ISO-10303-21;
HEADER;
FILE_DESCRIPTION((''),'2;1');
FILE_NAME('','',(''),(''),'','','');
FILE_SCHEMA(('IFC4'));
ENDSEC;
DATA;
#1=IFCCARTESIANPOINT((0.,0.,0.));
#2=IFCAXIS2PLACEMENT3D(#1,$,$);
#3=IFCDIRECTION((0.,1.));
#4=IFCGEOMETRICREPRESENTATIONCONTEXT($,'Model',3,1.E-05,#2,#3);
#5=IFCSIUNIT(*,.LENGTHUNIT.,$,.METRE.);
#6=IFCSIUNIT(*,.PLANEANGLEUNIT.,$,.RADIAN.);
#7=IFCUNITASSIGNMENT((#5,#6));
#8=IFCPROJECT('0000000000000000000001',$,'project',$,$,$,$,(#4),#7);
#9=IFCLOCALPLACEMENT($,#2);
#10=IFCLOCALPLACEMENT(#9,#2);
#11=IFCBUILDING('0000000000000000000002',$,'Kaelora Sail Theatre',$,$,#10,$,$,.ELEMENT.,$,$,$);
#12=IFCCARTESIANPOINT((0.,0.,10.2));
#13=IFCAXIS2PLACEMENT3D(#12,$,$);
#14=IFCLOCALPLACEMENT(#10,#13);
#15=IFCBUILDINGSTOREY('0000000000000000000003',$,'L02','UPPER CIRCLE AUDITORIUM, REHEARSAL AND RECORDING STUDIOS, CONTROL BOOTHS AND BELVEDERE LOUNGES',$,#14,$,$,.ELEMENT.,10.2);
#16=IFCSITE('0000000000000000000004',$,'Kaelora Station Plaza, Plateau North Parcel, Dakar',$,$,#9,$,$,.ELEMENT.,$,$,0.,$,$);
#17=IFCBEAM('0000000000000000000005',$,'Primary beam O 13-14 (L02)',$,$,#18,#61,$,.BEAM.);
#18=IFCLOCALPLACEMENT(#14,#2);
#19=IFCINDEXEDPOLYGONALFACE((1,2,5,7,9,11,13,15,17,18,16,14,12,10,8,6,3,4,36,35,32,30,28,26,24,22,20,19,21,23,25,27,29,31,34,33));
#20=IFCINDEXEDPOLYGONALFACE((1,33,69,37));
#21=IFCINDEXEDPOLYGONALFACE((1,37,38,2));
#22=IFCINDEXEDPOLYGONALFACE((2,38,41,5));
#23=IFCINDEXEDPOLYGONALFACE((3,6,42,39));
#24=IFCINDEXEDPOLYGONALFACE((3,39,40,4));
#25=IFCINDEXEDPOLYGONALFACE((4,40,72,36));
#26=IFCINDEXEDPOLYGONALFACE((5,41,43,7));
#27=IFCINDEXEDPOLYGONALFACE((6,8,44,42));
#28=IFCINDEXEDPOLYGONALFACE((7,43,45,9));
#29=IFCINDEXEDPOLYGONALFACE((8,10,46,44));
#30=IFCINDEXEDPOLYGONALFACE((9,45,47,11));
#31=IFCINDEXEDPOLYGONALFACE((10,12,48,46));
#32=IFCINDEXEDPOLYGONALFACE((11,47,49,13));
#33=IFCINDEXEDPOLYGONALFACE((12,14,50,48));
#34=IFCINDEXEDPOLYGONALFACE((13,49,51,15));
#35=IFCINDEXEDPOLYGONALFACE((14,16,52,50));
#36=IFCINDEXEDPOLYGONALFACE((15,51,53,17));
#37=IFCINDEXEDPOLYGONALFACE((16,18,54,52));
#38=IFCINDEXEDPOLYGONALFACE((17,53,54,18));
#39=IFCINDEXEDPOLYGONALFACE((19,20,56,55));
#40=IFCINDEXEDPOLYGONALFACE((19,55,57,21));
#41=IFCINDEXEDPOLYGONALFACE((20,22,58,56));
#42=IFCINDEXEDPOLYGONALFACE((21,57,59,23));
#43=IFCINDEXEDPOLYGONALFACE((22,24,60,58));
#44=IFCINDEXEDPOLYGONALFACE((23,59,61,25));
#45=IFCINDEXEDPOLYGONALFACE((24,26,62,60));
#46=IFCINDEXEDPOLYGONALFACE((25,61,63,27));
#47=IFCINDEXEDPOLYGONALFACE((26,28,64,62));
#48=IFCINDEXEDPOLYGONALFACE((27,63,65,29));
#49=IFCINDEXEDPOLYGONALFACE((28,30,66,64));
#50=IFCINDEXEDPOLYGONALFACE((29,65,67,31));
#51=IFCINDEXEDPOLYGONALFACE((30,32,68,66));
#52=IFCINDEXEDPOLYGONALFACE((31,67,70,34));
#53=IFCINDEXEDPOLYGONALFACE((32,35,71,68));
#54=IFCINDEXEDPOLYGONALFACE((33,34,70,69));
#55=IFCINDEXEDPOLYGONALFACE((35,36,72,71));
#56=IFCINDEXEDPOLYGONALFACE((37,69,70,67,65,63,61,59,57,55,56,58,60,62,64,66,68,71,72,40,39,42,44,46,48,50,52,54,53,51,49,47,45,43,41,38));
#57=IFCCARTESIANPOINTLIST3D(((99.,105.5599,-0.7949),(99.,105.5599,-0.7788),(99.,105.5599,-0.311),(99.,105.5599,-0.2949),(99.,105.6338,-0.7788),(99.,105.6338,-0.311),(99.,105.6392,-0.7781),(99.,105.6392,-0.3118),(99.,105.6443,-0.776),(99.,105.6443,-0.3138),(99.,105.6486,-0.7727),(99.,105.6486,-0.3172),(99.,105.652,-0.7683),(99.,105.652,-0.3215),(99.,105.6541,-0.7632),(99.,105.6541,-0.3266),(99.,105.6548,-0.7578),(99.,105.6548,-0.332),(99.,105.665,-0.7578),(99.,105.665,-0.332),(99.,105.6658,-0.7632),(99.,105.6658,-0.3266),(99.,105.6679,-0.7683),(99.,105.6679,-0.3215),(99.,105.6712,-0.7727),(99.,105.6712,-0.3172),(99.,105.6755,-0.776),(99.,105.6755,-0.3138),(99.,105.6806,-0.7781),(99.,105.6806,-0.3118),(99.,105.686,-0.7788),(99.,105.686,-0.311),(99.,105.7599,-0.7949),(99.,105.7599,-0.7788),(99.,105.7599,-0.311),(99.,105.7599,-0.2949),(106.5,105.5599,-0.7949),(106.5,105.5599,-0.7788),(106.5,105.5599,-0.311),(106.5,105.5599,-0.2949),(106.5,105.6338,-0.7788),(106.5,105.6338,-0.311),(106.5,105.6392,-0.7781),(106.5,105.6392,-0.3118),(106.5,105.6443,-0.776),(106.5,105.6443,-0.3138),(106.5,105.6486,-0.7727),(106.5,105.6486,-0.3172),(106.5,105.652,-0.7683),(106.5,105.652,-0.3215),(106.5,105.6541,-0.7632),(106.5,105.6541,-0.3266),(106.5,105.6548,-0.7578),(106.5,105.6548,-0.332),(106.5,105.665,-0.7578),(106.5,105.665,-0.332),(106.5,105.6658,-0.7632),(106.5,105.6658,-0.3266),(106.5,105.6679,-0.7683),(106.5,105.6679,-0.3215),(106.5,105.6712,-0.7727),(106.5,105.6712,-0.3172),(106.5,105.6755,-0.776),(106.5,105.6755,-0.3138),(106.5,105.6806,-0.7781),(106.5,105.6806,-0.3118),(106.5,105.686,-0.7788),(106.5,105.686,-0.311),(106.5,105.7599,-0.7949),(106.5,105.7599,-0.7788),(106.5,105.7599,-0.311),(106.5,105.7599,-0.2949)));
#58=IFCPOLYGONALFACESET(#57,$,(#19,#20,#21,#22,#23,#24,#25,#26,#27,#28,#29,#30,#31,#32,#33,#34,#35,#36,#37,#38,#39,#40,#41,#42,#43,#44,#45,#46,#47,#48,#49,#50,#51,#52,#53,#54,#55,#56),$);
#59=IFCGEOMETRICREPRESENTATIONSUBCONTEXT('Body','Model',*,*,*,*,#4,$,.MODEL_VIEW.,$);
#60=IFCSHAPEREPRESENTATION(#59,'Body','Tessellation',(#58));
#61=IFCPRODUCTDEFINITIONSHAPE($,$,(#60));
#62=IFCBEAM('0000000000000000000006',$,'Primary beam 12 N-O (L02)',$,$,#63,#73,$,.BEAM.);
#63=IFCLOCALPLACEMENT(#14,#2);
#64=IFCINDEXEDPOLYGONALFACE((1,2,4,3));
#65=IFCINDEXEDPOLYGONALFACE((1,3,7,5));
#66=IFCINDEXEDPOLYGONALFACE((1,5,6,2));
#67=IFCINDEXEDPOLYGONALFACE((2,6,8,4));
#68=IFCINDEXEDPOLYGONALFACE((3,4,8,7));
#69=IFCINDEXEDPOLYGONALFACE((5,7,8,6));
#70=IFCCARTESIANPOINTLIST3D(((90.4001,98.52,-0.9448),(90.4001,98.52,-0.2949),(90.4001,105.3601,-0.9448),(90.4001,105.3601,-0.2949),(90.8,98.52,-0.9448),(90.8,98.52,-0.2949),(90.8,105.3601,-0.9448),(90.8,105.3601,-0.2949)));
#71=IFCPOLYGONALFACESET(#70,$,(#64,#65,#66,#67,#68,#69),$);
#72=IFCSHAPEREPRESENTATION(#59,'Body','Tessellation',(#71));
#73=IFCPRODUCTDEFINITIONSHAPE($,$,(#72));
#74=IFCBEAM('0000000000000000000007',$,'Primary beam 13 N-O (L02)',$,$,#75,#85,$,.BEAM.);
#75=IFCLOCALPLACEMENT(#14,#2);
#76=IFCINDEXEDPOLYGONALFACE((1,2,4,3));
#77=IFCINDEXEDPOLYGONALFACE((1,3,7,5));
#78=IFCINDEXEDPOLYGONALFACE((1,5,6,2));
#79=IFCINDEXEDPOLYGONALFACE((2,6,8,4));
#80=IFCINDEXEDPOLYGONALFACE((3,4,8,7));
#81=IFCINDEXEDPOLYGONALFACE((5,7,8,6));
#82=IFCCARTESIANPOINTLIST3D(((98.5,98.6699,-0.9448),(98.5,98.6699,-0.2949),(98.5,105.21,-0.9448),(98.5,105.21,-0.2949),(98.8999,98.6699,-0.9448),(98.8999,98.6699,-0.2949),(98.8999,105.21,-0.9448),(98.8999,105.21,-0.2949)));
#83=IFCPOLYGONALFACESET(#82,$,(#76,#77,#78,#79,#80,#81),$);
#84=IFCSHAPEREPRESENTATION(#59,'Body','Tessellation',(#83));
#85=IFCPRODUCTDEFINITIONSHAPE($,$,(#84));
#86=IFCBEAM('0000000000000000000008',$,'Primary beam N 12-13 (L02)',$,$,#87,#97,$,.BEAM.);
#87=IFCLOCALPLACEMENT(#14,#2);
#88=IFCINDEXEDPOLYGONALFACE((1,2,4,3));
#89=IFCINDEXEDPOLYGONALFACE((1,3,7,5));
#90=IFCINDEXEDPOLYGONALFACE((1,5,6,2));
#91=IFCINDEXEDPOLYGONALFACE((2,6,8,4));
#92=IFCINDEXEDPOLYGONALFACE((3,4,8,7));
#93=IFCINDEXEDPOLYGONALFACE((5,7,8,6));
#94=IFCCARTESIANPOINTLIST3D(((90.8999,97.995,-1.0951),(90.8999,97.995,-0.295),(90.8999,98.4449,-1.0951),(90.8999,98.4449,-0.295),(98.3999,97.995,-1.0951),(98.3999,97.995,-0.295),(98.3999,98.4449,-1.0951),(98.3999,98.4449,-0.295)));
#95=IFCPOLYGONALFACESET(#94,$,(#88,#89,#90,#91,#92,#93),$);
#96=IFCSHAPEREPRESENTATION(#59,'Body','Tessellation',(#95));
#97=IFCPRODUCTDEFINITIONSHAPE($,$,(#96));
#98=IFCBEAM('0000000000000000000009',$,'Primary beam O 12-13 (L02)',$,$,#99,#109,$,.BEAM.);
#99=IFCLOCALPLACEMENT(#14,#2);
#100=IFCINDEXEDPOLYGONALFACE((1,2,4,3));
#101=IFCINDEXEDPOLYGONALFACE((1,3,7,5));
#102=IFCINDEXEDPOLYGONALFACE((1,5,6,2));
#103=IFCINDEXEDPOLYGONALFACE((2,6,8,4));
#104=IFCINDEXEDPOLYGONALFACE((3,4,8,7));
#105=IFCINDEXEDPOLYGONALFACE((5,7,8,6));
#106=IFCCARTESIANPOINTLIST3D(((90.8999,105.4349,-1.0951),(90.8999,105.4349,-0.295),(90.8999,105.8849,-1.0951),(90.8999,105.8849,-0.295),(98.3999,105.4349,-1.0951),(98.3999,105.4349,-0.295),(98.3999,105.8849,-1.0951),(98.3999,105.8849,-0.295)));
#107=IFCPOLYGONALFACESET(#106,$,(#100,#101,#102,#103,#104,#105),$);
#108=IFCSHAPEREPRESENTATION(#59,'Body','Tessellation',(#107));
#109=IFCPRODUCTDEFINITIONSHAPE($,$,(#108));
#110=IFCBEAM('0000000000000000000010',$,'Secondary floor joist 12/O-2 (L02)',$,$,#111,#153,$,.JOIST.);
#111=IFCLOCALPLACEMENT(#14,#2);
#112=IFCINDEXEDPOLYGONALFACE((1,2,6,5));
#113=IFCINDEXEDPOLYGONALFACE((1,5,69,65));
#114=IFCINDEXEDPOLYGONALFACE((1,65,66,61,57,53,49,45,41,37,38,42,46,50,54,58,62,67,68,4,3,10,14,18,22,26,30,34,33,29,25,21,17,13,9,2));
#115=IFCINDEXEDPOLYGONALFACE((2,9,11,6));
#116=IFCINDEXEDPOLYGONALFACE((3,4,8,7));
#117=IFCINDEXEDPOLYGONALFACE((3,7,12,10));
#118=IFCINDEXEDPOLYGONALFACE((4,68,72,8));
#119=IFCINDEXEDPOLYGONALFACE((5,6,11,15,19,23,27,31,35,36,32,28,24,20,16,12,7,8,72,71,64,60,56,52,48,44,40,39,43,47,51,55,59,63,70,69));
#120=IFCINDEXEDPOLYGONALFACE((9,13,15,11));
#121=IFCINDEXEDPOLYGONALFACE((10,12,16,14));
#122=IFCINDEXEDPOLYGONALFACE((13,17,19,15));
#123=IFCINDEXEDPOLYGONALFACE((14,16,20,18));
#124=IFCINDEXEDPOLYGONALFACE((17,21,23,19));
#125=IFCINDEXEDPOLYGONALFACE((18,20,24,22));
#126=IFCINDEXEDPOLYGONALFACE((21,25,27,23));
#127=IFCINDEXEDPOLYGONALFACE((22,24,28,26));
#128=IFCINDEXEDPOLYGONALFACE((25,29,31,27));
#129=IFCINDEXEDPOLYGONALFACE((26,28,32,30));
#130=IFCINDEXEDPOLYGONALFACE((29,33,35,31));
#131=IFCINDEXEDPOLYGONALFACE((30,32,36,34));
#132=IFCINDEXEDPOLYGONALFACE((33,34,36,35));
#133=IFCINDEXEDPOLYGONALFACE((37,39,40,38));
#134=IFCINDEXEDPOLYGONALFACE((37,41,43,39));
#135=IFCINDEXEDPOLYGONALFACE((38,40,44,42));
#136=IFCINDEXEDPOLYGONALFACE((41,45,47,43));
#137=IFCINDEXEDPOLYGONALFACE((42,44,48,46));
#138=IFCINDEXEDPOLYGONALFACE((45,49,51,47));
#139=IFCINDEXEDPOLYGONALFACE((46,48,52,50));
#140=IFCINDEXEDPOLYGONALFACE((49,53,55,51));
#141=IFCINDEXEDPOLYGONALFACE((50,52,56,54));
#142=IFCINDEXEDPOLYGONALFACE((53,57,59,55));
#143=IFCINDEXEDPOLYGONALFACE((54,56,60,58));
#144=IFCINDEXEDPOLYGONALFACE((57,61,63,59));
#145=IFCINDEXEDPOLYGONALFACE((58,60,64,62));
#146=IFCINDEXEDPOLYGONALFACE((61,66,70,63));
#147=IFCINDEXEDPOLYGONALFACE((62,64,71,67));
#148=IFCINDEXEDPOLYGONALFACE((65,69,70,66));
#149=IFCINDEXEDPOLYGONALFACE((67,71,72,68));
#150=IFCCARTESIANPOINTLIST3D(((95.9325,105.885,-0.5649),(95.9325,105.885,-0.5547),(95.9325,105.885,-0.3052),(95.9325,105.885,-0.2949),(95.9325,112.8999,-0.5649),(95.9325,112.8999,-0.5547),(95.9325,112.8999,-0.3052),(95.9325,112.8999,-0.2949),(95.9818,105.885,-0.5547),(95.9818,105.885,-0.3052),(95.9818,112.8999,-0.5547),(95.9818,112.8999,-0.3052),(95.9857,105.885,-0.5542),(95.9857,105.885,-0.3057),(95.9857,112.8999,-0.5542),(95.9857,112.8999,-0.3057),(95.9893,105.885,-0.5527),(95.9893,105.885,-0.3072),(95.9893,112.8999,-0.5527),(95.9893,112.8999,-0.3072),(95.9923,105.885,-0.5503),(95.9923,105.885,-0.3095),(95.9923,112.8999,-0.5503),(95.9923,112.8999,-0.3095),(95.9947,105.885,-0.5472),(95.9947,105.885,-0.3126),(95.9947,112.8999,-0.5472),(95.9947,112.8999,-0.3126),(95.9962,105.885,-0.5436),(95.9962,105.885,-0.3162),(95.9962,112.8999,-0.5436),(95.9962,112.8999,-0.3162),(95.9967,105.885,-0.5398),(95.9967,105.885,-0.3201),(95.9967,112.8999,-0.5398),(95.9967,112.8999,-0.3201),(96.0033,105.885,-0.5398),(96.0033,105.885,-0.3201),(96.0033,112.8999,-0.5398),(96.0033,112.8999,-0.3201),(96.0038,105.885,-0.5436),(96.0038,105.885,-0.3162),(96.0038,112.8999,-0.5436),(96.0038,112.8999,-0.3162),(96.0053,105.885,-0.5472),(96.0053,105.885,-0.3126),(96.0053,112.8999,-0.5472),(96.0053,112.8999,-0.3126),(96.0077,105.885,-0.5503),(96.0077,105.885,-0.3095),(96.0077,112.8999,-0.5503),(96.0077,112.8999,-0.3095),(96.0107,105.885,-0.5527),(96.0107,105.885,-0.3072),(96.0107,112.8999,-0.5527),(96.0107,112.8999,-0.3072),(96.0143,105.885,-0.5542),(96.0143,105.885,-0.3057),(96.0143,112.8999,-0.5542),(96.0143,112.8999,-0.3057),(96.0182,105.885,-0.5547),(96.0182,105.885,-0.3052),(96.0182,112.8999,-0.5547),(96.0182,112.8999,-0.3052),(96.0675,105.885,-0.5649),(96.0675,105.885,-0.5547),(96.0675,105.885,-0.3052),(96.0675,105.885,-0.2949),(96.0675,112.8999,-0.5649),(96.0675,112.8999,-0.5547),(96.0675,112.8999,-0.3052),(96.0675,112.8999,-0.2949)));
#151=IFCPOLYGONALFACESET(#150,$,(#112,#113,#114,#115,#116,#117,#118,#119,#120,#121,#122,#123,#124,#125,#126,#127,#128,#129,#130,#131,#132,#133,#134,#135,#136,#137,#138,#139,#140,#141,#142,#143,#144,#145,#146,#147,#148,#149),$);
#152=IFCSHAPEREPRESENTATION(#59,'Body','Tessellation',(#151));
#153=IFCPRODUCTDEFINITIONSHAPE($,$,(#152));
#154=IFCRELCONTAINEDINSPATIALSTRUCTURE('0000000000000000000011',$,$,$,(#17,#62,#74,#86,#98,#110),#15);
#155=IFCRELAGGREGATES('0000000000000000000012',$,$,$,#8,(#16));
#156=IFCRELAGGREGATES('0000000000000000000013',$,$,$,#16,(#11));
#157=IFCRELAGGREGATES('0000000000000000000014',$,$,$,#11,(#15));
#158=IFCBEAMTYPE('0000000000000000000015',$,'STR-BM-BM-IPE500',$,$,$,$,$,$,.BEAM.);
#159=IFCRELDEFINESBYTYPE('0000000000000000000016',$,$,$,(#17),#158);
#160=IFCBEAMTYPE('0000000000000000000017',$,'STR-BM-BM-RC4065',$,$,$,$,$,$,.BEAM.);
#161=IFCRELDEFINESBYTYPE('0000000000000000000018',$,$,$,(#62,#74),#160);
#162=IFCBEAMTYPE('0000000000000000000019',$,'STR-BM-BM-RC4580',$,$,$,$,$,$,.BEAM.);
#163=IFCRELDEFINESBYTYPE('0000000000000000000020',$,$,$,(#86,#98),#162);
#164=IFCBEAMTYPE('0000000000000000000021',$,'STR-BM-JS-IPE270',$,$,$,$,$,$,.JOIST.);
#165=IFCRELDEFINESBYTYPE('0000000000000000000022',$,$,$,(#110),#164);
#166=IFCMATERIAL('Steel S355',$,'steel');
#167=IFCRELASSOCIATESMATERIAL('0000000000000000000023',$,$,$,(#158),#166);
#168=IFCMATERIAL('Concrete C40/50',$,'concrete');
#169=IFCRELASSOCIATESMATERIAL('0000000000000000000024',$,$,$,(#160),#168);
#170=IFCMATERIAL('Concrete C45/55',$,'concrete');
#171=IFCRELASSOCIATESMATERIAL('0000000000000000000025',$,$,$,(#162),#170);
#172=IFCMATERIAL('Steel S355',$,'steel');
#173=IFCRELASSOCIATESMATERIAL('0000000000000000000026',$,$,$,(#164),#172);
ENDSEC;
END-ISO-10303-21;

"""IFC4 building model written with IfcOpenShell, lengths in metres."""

from ifc_helpers import new_model, si_unit, direction, frame, origin, origin_2d, place, context, subcontext, project, spatial, rectangle, i_section, extrude, material, material_profile, profile_set, type_object, element, save


model = new_model("IFC4")

# Units and contexts
model_context = context("Model", 3, precision=1e-05, world=origin(), true_north=direction((0.0, 1.0)))
body_context = subcontext(model_context, "Body", "Model", "MODEL_VIEW")
ifc_project = project(units=[si_unit("LENGTHUNIT", "METRE"), si_unit("PLANEANGLEUNIT", "RADIAN")], contexts=[model_context])

# Site, building, storey
site_placement = place(None, origin())
site = spatial("IfcSite", under=ifc_project, at=site_placement, Name="Kaelora Station Plaza, Plateau North Parcel, Dakar", CompositionType="ELEMENT", RefElevation=0.0)
building_placement = place(site_placement, origin())
building = spatial("IfcBuilding", under=site, at=building_placement, Name="Kaelora Sail Theatre", CompositionType="ELEMENT")
storey_placement = place(building_placement, frame((0.0, 0.0, 10.2)))
storey = spatial("IfcBuildingStorey", under=building, at=storey_placement, Name="L02", Description="UPPER CIRCLE AUDITORIUM, REHEARSAL AND RECORDING STUDIOS, CONTROL BOOTHS AND BELVEDERE LOUNGES", CompositionType="ELEMENT", Elevation=10.2)

# Beams
ifc_material_1 = material(Name="Steel S355", Category="steel")
ifc_material_profile_1 = material_profile(ifc_material_1, i_section(OverallWidth=0.2, OverallDepth=0.5, WebThickness=0.0103, FlangeThickness=0.0161, FilletRadius=0.021, at=origin_2d()), Name="IPE 500")
ifc_profile_set_1 = profile_set([ifc_material_profile_1], Name="Steel S355")
beam_type_1 = type_object("IfcBeamType", Name="STR-BM-BM-IPE500", PredefinedType="BEAM", material=ifc_profile_set_1)
for number, where, z_axis, x_axis, name in (
    (1, (99.0, 105.6599, -0.5449), (1.0, 0.0, 0.0), (0.0, 1.0, 0.0), "Primary beam O 13-14 (L02)"),
):
    element("IfcBeam", number, at=place(storey_placement, frame(where, z_axis=z_axis, x_axis=x_axis)), inside=storey, type_object=beam_type_1, Name=name, PredefinedType="BEAM", context=body_context, shape_type="SweptSolid", body=[
        extrude(i_section(OverallWidth=0.2, OverallDepth=0.5, WebThickness=0.0103, FlangeThickness=0.0161, FilletRadius=0.021, at=origin_2d()), origin(), (0.0, 0.0, 1.0), 7.5),
    ])
ifc_material_2 = material(Name="Concrete C40/50", Category="concrete")
ifc_material_profile_2 = material_profile(ifc_material_2, rectangle(XDim=0.3999, YDim=0.6499, at=origin_2d()), Name="RC-BM 400x650")
ifc_profile_set_2 = profile_set([ifc_material_profile_2], Name="Concrete C40/50")
beam_type_2 = type_object("IfcBeamType", Name="STR-BM-BM-RC4065", PredefinedType="BEAM", material=ifc_profile_set_2)
beam_1_placement = place(storey_placement, frame((90.6001, 98.52, -0.6199), z_axis=(0.0, 1.0, 0.0), x_axis=(-1.0, 0.0, 0.0)))
element("IfcBeam", 2, at=beam_1_placement, inside=storey, type_object=beam_type_2, Name="Primary beam 12 N-O (L02)", PredefinedType="BEAM", context=body_context, shape_type="SweptSolid", body=[
    extrude(rectangle(XDim=0.3999, YDim=0.6499, at=origin_2d()), origin(), (0.0, 0.0, 1.0), 6.8401),
])
beam_2_placement = place(storey_placement, frame((98.7, 98.6699, -0.6199), z_axis=(0.0, 1.0, 0.0), x_axis=(-1.0, 0.0, 0.0)))
element("IfcBeam", 3, at=beam_2_placement, inside=storey, type_object=beam_type_2, Name="Primary beam 13 N-O (L02)", PredefinedType="BEAM", context=body_context, shape_type="SweptSolid", body=[
    extrude(rectangle(XDim=0.3999, YDim=0.6499, at=origin_2d()), origin(), (0.0, 0.0, 1.0), 6.54),
])
ifc_material_3 = material(Name="Concrete C45/55", Category="concrete")
ifc_material_profile_3 = material_profile(ifc_material_3, rectangle(XDim=0.45, YDim=0.8, at=origin_2d()), Name="RC-BM 450x800")
ifc_profile_set_3 = profile_set([ifc_material_profile_3], Name="Concrete C45/55")
beam_type_3 = type_object("IfcBeamType", Name="STR-BM-BM-RC4580", PredefinedType="BEAM", material=ifc_profile_set_3)
for number, where, z_axis, x_axis, name in (
    (4, (90.8999, 98.22, -0.6951), (1.0, 0.0, 0.0), (0.0, 1.0, 0.0), "Primary beam N 12-13 (L02)"),
    (5, (90.8999, 105.6599, -0.6951), (1.0, 0.0, 0.0), (0.0, 1.0, 0.0), "Primary beam O 12-13 (L02)"),
):
    element("IfcBeam", number, at=place(storey_placement, frame(where, z_axis=z_axis, x_axis=x_axis)), inside=storey, type_object=beam_type_3, Name=name, PredefinedType="BEAM", context=body_context, shape_type="SweptSolid", body=[
        extrude(rectangle(XDim=0.45, YDim=0.8, at=origin_2d()), origin(), (0.0, 0.0, 1.0), 7.5),
    ])
ifc_material_4 = material(Name="Steel S355", Category="steel")
ifc_material_profile_4 = material_profile(ifc_material_4, i_section(OverallWidth=0.135, OverallDepth=0.27, WebThickness=0.0066, FlangeThickness=0.0103, FilletRadius=0.0149, at=origin_2d()), Name="IPE 270")
ifc_profile_set_4 = profile_set([ifc_material_profile_4], Name="Steel S355")
beam_type_4 = type_object("IfcBeamType", Name="STR-BM-JS-IPE270", PredefinedType="JOIST", material=ifc_profile_set_4)
beam_3_placement = place(storey_placement, frame((96.0, 105.885, -0.4299), z_axis=(0.0, 1.0, 0.0), x_axis=(-1.0, 0.0, 0.0)))
element("IfcBeam", 6, at=beam_3_placement, inside=storey, type_object=beam_type_4, Name="Secondary floor joist 12/O-2 (L02)", PredefinedType="JOIST", context=body_context, shape_type="SweptSolid", body=[
    extrude(i_section(OverallWidth=0.135, OverallDepth=0.27, WebThickness=0.0066, FlangeThickness=0.0103, FilletRadius=0.0149, at=origin_2d()), origin(), (0.0, 0.0, 1.0), 7.0149),
])

save(model, "model.ifc")
